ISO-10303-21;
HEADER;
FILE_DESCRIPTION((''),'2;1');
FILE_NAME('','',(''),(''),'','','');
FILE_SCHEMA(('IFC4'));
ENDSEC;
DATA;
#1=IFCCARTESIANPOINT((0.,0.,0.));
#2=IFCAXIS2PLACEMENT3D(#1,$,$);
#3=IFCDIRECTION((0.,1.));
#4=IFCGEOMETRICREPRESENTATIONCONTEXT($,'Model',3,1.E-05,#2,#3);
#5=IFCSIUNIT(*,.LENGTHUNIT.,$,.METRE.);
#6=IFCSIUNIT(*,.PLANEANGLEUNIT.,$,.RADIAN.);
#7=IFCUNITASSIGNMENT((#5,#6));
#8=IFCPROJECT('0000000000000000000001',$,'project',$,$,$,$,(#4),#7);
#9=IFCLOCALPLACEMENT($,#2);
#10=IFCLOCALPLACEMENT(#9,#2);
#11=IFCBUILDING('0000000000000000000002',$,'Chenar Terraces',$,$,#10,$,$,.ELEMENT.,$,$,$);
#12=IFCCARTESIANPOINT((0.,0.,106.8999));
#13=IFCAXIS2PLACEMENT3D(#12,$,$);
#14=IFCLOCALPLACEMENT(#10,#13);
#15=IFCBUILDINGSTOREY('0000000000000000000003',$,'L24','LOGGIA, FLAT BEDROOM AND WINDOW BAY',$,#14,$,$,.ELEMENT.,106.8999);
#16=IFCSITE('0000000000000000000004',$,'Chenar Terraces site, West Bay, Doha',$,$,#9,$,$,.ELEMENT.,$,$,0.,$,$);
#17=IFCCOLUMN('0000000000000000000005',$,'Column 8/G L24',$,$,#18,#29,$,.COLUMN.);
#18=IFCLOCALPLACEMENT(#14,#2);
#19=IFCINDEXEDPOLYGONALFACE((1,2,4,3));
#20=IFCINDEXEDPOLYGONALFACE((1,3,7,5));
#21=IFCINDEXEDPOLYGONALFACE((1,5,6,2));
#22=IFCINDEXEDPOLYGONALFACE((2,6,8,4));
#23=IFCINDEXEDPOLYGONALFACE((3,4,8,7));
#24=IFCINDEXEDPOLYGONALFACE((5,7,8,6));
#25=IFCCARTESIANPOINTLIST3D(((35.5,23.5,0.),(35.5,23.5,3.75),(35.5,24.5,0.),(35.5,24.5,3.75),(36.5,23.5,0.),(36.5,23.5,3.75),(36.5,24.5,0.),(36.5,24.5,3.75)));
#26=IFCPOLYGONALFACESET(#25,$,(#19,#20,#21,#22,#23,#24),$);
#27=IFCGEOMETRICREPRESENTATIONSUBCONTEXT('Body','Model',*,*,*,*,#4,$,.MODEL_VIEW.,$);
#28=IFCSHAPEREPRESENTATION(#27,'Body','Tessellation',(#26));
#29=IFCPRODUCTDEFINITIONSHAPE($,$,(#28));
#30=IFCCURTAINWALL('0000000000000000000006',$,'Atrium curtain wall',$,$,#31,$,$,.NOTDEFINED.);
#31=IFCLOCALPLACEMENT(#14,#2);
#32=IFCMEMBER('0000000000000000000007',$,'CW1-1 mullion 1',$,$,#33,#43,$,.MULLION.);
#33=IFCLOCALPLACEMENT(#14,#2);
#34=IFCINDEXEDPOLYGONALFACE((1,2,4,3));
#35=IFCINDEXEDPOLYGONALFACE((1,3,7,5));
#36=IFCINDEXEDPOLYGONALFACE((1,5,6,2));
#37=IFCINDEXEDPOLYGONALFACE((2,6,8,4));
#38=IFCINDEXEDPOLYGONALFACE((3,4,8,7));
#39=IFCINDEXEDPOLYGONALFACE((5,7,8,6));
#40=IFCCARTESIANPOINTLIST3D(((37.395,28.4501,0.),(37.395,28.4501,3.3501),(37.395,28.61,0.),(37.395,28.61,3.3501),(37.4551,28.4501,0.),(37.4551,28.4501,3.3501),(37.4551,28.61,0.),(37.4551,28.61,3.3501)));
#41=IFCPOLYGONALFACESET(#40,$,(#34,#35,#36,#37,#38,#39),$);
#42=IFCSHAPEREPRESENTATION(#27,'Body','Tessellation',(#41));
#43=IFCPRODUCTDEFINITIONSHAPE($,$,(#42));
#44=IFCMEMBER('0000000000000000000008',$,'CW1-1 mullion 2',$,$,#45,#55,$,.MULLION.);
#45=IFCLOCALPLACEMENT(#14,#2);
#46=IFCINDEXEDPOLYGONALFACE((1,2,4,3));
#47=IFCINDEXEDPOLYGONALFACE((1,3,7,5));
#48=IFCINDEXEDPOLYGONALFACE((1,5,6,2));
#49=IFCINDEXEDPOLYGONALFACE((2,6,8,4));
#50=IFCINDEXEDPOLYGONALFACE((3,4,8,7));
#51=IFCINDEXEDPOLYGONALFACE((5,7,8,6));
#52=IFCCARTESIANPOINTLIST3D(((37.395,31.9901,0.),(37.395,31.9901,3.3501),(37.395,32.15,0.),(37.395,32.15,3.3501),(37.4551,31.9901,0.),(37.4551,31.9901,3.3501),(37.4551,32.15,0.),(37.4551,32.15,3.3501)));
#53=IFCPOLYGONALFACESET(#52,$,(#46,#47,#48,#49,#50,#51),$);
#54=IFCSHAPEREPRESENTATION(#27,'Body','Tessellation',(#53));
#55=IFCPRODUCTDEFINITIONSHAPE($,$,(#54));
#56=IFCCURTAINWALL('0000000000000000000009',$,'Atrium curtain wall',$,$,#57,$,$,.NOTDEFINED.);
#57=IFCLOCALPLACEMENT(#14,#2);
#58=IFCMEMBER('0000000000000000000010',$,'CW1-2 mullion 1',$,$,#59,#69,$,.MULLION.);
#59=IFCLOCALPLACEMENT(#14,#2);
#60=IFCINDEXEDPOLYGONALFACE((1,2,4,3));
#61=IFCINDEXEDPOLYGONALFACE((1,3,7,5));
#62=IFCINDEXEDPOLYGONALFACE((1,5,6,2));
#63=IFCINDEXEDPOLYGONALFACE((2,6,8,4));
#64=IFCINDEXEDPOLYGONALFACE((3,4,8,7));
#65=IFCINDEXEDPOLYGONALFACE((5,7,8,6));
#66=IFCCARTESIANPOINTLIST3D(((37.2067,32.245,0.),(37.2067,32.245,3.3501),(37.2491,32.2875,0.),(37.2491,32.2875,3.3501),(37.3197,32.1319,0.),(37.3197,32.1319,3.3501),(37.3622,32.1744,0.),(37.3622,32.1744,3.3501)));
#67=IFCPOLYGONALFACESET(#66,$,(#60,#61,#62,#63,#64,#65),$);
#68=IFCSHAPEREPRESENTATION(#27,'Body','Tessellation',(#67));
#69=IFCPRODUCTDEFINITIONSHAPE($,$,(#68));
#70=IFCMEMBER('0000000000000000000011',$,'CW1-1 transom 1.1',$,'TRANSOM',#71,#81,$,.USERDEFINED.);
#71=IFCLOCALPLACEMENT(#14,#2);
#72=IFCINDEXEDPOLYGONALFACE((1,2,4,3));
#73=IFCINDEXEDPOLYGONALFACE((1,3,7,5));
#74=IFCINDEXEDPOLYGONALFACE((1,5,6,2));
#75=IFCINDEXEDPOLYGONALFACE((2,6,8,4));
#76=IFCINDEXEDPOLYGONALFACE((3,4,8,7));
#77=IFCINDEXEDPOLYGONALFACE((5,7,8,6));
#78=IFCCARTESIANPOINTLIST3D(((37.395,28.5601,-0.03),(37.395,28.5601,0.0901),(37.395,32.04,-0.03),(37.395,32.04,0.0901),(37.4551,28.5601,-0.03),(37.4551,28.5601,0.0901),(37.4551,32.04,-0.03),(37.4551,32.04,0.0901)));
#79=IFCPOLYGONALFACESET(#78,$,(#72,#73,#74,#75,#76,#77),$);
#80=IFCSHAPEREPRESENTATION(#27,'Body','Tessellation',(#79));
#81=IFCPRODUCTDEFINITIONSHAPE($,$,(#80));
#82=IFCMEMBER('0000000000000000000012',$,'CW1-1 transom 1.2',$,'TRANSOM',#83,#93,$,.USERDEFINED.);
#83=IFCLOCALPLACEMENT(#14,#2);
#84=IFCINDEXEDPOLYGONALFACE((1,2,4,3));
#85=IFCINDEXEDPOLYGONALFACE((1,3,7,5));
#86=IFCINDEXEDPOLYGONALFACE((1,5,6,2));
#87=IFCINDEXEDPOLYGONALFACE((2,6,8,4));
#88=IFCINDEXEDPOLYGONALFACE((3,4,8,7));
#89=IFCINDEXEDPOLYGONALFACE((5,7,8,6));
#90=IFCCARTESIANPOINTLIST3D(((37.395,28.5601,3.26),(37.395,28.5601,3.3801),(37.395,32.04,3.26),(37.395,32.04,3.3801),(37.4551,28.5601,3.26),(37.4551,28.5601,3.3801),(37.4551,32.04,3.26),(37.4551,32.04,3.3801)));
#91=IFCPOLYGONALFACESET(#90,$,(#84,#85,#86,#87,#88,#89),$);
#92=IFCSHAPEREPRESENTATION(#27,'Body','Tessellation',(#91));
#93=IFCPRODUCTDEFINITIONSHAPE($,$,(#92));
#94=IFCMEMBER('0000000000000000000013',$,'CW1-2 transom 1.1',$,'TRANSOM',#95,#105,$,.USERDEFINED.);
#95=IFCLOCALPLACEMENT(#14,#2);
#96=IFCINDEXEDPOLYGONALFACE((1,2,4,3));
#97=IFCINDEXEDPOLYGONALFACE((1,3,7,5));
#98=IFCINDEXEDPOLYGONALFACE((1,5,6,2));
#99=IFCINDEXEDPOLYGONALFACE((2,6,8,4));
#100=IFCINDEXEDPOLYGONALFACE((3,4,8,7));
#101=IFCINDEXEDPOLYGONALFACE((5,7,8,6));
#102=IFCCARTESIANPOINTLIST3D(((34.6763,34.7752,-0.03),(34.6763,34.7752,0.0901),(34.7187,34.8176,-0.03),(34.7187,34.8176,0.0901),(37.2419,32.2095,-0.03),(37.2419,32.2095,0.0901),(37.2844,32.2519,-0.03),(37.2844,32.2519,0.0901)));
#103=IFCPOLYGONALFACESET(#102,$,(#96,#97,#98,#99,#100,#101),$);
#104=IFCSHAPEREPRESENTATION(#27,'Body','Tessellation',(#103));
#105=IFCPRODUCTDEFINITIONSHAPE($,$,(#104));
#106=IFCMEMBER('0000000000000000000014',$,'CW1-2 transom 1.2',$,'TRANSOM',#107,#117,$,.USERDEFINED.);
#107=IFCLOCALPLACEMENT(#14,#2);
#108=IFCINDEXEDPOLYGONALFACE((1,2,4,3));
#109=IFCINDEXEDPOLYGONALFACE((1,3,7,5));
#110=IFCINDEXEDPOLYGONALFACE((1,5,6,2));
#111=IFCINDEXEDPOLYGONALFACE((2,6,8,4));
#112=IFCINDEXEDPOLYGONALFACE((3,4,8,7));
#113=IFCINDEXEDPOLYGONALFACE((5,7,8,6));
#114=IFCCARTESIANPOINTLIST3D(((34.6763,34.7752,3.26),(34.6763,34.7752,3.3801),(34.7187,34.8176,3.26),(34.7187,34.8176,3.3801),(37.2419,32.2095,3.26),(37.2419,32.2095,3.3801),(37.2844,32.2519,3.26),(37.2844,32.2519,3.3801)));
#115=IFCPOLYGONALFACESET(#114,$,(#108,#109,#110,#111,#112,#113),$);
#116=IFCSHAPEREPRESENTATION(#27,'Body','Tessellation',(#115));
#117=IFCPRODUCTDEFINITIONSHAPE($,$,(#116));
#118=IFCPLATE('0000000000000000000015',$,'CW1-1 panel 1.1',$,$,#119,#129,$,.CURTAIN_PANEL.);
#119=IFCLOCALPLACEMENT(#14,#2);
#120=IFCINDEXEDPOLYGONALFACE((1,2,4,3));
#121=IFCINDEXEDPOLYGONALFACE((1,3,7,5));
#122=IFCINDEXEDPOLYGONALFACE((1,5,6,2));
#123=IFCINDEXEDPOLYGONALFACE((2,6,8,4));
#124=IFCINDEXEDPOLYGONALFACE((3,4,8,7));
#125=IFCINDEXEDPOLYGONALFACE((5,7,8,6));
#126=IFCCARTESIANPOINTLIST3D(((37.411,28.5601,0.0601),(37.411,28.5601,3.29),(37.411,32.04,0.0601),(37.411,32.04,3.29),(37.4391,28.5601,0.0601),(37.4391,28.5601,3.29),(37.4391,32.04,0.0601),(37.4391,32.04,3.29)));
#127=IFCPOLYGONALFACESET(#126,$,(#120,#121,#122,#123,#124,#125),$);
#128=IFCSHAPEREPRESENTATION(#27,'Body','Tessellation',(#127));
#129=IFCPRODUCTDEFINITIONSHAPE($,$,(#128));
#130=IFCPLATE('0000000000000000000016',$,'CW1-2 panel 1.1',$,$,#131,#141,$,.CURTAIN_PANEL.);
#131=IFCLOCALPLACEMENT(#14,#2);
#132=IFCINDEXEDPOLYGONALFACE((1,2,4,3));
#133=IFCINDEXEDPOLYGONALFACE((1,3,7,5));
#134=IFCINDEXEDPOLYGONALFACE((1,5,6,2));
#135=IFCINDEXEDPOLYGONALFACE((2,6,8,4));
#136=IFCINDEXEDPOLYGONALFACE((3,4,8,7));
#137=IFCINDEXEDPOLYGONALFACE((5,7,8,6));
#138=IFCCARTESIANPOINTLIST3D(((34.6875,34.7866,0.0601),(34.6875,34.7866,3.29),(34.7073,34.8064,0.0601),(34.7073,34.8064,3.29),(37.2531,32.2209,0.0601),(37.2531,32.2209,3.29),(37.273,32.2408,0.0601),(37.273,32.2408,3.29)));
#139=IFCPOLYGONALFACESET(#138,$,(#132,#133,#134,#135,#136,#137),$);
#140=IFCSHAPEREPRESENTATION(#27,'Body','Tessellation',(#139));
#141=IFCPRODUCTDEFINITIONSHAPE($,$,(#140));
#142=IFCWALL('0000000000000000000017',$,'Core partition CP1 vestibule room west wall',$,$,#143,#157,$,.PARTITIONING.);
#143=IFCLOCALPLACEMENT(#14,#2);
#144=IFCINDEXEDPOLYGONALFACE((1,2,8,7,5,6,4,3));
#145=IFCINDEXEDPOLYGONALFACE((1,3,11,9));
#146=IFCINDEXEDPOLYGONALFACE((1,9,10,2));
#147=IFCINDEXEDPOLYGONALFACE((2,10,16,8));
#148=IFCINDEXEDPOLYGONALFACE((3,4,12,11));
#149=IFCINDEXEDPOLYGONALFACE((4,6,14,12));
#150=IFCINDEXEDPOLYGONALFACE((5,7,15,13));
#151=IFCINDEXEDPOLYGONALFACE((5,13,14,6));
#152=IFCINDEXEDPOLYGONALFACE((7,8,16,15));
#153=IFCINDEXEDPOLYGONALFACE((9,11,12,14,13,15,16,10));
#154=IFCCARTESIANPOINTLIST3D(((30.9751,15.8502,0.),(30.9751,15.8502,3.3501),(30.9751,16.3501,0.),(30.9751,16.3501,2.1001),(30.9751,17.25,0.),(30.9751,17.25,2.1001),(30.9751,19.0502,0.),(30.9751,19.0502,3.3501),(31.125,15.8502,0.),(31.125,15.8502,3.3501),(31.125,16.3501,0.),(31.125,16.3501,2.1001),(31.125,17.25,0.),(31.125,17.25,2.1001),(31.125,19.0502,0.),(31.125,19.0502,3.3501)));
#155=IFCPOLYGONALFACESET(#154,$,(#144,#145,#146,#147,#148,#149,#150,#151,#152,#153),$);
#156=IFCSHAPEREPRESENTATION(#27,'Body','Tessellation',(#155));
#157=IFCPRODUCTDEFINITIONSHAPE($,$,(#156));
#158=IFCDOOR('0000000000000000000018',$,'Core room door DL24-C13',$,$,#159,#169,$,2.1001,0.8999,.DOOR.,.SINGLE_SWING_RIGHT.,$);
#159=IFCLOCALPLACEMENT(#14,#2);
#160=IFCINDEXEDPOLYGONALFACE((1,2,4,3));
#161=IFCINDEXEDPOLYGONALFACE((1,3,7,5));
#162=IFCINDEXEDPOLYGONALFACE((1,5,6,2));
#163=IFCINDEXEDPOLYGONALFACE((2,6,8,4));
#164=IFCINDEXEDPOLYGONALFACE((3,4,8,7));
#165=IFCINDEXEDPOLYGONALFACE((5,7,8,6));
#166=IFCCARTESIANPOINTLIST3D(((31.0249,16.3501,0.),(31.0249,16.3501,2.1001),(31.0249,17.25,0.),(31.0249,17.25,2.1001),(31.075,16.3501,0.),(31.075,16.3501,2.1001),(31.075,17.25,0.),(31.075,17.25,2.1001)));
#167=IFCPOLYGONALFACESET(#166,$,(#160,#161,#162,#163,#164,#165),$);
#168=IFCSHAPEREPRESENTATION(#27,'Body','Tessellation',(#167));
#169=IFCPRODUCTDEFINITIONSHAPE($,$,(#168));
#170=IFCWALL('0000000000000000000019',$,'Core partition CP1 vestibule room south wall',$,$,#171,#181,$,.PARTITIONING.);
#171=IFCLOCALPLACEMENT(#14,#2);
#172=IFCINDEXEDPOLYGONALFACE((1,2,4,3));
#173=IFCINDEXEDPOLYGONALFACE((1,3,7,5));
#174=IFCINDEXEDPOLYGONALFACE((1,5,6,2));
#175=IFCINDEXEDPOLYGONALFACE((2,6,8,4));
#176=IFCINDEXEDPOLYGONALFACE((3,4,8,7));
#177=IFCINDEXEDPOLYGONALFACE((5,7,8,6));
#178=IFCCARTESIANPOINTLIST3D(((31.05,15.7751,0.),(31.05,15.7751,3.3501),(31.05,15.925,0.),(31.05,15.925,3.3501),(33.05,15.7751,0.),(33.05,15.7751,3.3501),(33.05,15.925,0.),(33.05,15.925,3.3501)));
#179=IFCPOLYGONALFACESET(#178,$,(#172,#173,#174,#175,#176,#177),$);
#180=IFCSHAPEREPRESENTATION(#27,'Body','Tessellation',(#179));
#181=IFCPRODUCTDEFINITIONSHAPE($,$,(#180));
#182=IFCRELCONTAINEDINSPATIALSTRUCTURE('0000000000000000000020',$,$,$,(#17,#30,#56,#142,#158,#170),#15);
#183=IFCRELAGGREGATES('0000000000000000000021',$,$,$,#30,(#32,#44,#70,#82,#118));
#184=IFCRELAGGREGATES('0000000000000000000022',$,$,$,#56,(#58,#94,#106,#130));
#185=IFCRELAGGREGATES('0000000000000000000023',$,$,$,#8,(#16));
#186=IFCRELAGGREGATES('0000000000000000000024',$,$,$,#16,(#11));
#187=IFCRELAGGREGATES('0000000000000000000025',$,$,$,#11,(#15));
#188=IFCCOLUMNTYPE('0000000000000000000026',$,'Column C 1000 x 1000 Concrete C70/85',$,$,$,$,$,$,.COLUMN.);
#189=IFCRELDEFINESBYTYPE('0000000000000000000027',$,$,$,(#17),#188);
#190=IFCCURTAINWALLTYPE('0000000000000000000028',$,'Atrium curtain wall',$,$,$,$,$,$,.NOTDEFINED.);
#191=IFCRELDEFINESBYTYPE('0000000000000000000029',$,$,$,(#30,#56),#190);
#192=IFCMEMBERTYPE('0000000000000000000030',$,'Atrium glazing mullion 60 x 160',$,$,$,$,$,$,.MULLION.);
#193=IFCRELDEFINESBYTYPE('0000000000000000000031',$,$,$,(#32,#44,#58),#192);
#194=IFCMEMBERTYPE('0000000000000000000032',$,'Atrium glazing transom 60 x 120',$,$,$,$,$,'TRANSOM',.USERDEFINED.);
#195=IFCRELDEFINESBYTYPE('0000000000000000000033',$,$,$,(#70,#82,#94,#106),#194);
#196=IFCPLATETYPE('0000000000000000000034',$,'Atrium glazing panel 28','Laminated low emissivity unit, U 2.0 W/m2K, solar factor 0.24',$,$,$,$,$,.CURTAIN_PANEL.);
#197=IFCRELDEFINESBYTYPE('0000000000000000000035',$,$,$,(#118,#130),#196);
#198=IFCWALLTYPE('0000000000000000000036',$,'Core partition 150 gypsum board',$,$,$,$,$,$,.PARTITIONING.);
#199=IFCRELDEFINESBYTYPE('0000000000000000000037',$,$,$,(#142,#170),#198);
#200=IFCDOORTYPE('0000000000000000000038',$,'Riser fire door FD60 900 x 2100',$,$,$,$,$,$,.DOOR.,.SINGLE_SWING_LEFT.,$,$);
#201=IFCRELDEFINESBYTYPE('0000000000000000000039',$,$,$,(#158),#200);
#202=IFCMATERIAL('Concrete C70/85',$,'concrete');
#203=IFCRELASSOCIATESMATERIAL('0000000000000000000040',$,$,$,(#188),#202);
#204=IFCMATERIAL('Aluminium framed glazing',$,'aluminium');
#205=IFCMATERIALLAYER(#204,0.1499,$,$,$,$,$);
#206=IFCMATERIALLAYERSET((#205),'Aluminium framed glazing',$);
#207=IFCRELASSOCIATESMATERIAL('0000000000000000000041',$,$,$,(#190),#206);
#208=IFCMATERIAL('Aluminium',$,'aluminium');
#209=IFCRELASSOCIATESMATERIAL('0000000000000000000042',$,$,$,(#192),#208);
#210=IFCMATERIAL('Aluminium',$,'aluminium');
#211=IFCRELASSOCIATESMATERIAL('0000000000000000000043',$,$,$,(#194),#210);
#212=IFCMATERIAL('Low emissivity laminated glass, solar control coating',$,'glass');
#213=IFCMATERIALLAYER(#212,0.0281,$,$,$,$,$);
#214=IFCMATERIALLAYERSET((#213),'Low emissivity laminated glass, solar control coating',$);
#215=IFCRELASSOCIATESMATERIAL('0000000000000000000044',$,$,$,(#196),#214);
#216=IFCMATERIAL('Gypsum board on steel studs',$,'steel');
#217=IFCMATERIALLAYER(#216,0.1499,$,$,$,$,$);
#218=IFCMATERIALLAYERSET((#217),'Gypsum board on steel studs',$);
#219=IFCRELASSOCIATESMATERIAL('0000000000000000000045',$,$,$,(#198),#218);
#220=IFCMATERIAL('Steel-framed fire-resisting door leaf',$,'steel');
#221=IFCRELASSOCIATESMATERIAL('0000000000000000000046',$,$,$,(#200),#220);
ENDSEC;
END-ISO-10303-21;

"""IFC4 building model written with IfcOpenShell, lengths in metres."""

from ifc_helpers import new_model, si_unit, direction, frame, frame_2d, origin, origin_2d, place, context, subcontext, project, spatial, rectangle, extrude, material, layer, layer_set, material_profile, profile_set, type_object, element, fill, aggregate, save


model = new_model("IFC4")

# Units and contexts
model_context = context("Model", 3, precision=1e-05, world=origin(), true_north=direction((0.0, 1.0)))
body_context = subcontext(model_context, "Body", "Model", "MODEL_VIEW")
ifc_project = project(units=[si_unit("LENGTHUNIT", "METRE"), si_unit("PLANEANGLEUNIT", "RADIAN")], contexts=[model_context])

# Site, building, storey
site_placement = place(None, origin())
site = spatial("IfcSite", under=ifc_project, at=site_placement, Name="Chenar Terraces site, West Bay, Doha", CompositionType="ELEMENT", RefElevation=0.0)
building_placement = place(site_placement, origin())
building = spatial("IfcBuilding", under=site, at=building_placement, Name="Chenar Terraces", CompositionType="ELEMENT")
storey_placement = place(building_placement, frame((0.0, 0.0, 106.8999)))
storey = spatial("IfcBuildingStorey", under=building, at=storey_placement, Name="L24", Description="LOGGIA, FLAT BEDROOM AND WINDOW BAY", CompositionType="ELEMENT", Elevation=106.8999)

# Column
ifc_material_1 = material(Name="Concrete C70/85", Category="concrete")
ifc_material_profile_1 = material_profile(ifc_material_1, rectangle(XDim=1.0, YDim=1.0, at=origin_2d()), Name="C 1000 x 1000")
ifc_profile_set_1 = profile_set([ifc_material_profile_1], Name="Concrete C70/85")
column_type = type_object("IfcColumnType", Name="Column C 1000 x 1000 Concrete C70/85", PredefinedType="COLUMN", material=ifc_profile_set_1)
column_placement = place(storey_placement, frame((36.0, 24.0, 0.0), z_axis=(0.0, 0.0, 1.0), x_axis=(1.0, 0.0, 0.0)))
element("IfcColumn", 1, at=column_placement, inside=storey, type_object=column_type, Name="Column 8/G L24", PredefinedType="COLUMN", context=body_context, shape_type="SweptSolid", body=[
    extrude(rectangle(XDim=1.0, YDim=1.0, at=origin_2d()), origin(), (0.0, 0.0, 1.0), 3.75),
])

# Curtain wall, members
ifc_material_2 = material(Name="Aluminium framed glazing", Category="aluminium")
ifc_layer_1 = layer(ifc_material_2, 0.1499)
ifc_layer_set_1 = layer_set([ifc_layer_1], Name="Aluminium framed glazing")
curtain_wall_type = type_object("IfcCurtainWallType", Name="Atrium curtain wall", PredefinedType="NOTDEFINED", material=ifc_layer_set_1)
placement = place(storey_placement, origin())
curtain_wall_1 = element("IfcCurtainWall", 2, at=placement, inside=storey, type_object=curtain_wall_type, Name="Atrium curtain wall", PredefinedType="NOTDEFINED")
ifc_material_3 = material(Name="Aluminium", Category="aluminium")
ifc_material_profile_2 = material_profile(ifc_material_3, rectangle(XDim=0.0601, YDim=0.1599, at=origin_2d()), Name="Atrium glazing mullion 60 x 160")
ifc_profile_set_2 = profile_set([ifc_material_profile_2], Name="Aluminium")
member_type_1 = type_object("IfcMemberType", Name="Atrium glazing mullion 60 x 160", PredefinedType="MULLION", material=ifc_profile_set_2)
member_1_placement = place(storey_placement, frame((37.425, 28.53, 0.0), z_axis=(0.0, 0.0, 1.0), x_axis=(-1.0, 0.0, 0.0)))
member_1 = element("IfcMember", 3, at=member_1_placement, type_object=member_type_1, Name="CW1-1 mullion 1", PredefinedType="MULLION", context=body_context, shape_type="SweptSolid", body=[
    extrude(rectangle(XDim=0.0601, YDim=0.1599, at=origin_2d()), origin(), (0.0, 0.0, 1.0), 3.3501),
])
member_2_placement = place(storey_placement, frame((37.425, 32.0701, 0.0), z_axis=(0.0, 0.0, 1.0), x_axis=(-1.0, 0.0, 0.0)))
member_2 = element("IfcMember", 4, at=member_2_placement, type_object=member_type_1, Name="CW1-1 mullion 2", PredefinedType="MULLION", context=body_context, shape_type="SweptSolid", body=[
    extrude(rectangle(XDim=0.0601, YDim=0.1599, at=origin_2d()), origin(), (0.0, 0.0, 1.0), 3.3501),
])

# Curtain wall, member
curtain_wall_2 = element("IfcCurtainWall", 5, at=placement, inside=storey, type_object=curtain_wall_type, Name="Atrium curtain wall", PredefinedType="NOTDEFINED")
member_3_placement = place(storey_placement, frame((37.2844, 32.2097, 0.0), z_axis=(0.0, 0.0, 1.0), x_axis=(-0.707107, -0.707107, 0.0)))
member_3 = element("IfcMember", 6, at=member_3_placement, type_object=member_type_1, Name="CW1-2 mullion 1", PredefinedType="MULLION", context=body_context, shape_type="SweptSolid", body=[
    extrude(rectangle(XDim=0.0601, YDim=0.1599, at=origin_2d()), origin(), (0.0, 0.0, 1.0), 3.3501),
])

# Members
ifc_material_4 = material(Name="Aluminium", Category="aluminium")
ifc_material_profile_3 = material_profile(ifc_material_4, rectangle(XDim=0.0601, YDim=0.1201, at=origin_2d()), Name="Atrium glazing transom 60 x 120")
ifc_profile_set_3 = profile_set([ifc_material_profile_3], Name="Aluminium")
member_type_2 = type_object("IfcMemberType", Name="Atrium glazing transom 60 x 120", ElementType="TRANSOM", PredefinedType="USERDEFINED", material=ifc_profile_set_3)
member_4_placement = place(storey_placement, frame((37.425, 28.5601, 0.03), z_axis=(0.0, 1.0, 0.0), x_axis=(-1.0, 0.0, 0.0)))
member_4 = element("IfcMember", 7, at=member_4_placement, type_object=member_type_2, Name="CW1-1 transom 1.1", ObjectType="TRANSOM", PredefinedType="USERDEFINED", context=body_context, shape_type="SweptSolid", body=[
    extrude(rectangle(XDim=0.0601, YDim=0.1201, at=origin_2d()), origin(), (0.0, 0.0, 1.0), 3.48),
])
member_5_placement = place(storey_placement, frame((37.425, 28.5601, 3.3201), z_axis=(0.0, 1.0, 0.0), x_axis=(-1.0, 0.0, 0.0)))
member_5 = element("IfcMember", 8, at=member_5_placement, type_object=member_type_2, Name="CW1-1 transom 1.2", ObjectType="TRANSOM", PredefinedType="USERDEFINED", context=body_context, shape_type="SweptSolid", body=[
    extrude(rectangle(XDim=0.0601, YDim=0.1201, at=origin_2d()), origin(), (0.0, 0.0, 1.0), 3.48),
])
member_6_placement = place(storey_placement, frame((37.2632, 32.2307, 0.03), z_axis=(-0.707107, 0.707107, 0.0), x_axis=(-0.707107, -0.707107, 0.0)))
member_6 = element("IfcMember", 9, at=member_6_placement, type_object=member_type_2, Name="CW1-2 transom 1.1", ObjectType="TRANSOM", PredefinedType="USERDEFINED", context=body_context, shape_type="SweptSolid", body=[
    extrude(rectangle(XDim=0.0601, YDim=0.1201, at=origin_2d()), origin(), (0.0, 0.0, 1.0), 3.6284),
])
member_7_placement = place(storey_placement, frame((37.2632, 32.2307, 3.3201), z_axis=(-0.707107, 0.707107, 0.0), x_axis=(-0.707107, -0.707107, 0.0)))
member_7 = element("IfcMember", 10, at=member_7_placement, type_object=member_type_2, Name="CW1-2 transom 1.2", ObjectType="TRANSOM", PredefinedType="USERDEFINED", context=body_context, shape_type="SweptSolid", body=[
    extrude(rectangle(XDim=0.0601, YDim=0.1201, at=origin_2d()), origin(), (0.0, 0.0, 1.0), 3.6284),
])

# Plates
ifc_material_5 = material(Name="Low emissivity laminated glass, solar control coating", Category="glass")
ifc_layer_2 = layer(ifc_material_5, 0.0281)
ifc_layer_set_2 = layer_set([ifc_layer_2], Name="Low emissivity laminated glass, solar control coating")
plate_type = type_object("IfcPlateType", Name="Atrium glazing panel 28", Description="Laminated low emissivity unit, U 2.0 W/m2K, solar factor 0.24", PredefinedType="CURTAIN_PANEL", material=ifc_layer_set_2)
plate_1_placement = place(storey_placement, frame((37.425, 30.3, 0.0601), z_axis=(0.0, 0.0, 1.0), x_axis=(0.0, 1.0, 0.0)))
plate_1 = element("IfcPlate", 11, at=plate_1_placement, type_object=plate_type, Name="CW1-1 panel 1.1", PredefinedType="CURTAIN_PANEL", context=body_context, shape_type="SweptSolid", body=[
    extrude(rectangle(XDim=3.48, YDim=0.0281, at=origin_2d()), origin(), (0.0, 0.0, 1.0), 3.23),
])
aggregate(curtain_wall_1, [member_1, member_2, member_4, member_5, plate_1])
plate_2_placement = place(storey_placement, frame((35.9802, 33.5137, 0.0601), z_axis=(0.0, 0.0, 1.0), x_axis=(-0.707107, 0.707107, 0.0)))
plate_2 = element("IfcPlate", 12, at=plate_2_placement, type_object=plate_type, Name="CW1-2 panel 1.1", PredefinedType="CURTAIN_PANEL", context=body_context, shape_type="SweptSolid", body=[
    extrude(rectangle(XDim=3.6284, YDim=0.0281, at=origin_2d()), origin(), (0.0, 0.0, 1.0), 3.23),
])
aggregate(curtain_wall_2, [member_3, member_6, member_7, plate_2])

# Wall, opening, door
ifc_material_6 = material(Name="Gypsum board on steel studs", Category="steel")
ifc_layer_3 = layer(ifc_material_6, 0.1499)
ifc_layer_set_3 = layer_set([ifc_layer_3], Name="Gypsum board on steel studs")
wall_type_1 = type_object("IfcWallType", Name="Core partition 150 gypsum board", PredefinedType="PARTITIONING", material=ifc_layer_set_3)
wall_1_placement = place(storey_placement, frame((31.05, 15.8501, 0.0), z_axis=(0.0, 0.0, 1.0), x_axis=(0.0, 1.0, 0.0)))
wall_1 = element("IfcWall", 13, at=wall_1_placement, inside=storey, type_object=wall_type_1, Name="Core partition CP1 vestibule room west wall", PredefinedType="PARTITIONING", context=body_context, shape_type="SweptSolid", body=[
    extrude(rectangle(XDim=3.2, YDim=0.1499, at=frame_2d((1.6001, 0.0))), origin(), (0.0, 0.0, 1.0), 3.3501),
])
opening_1_placement = place(wall_1_placement, frame((0.5, 0.0, 0.0)))
opening_1 = element("IfcOpeningElement", 14, at=opening_1_placement, cuts=wall_1, PredefinedType="OPENING", context=body_context, shape_type="SweptSolid", body=[
    extrude(rectangle(XDim=0.8999, YDim=2.1001, at=frame_2d((0.45, 1.05))), frame((0.0, 0.085, 0.0), z_axis=(0.0, -1.0, 0.0), x_axis=(1.0, 0.0, 0.0)), (0.0, 0.0, 1.0), 0.1699),
])
ifc_material_7 = material(Name="Steel-framed fire-resisting door leaf", Category="steel")
door_type = type_object("IfcDoorType", Name="Riser fire door FD60 900 x 2100", OperationType="SINGLE_SWING_LEFT", PredefinedType="DOOR", material=ifc_material_7)
door_placement = place(opening_1_placement, frame((0.8999, 0.0, 0.0), z_axis=(0.0, 0.0, 1.0), x_axis=(-1.0, 0.0, 0.0)))
door = element("IfcDoor", 15, at=door_placement, inside=storey, type_object=door_type, Name="Core room door DL24-C13", OperationType="SINGLE_SWING_RIGHT", OverallHeight=2.1001, OverallWidth=0.8999, PredefinedType="DOOR", context=body_context, shape_type="SweptSolid", body=[
    extrude(rectangle(XDim=0.8999, YDim=2.1001, at=frame_2d((0.45, 1.05))), frame((0.0, 0.0249, 0.0), z_axis=(0.0, -1.0, 0.0), x_axis=(1.0, 0.0, 0.0)), (0.0, 0.0, 1.0), 0.05),
])
fill(opening_1, door)

# Wall
wall_2_placement = place(storey_placement, frame((31.05, 15.8501, 0.0), z_axis=(0.0, 0.0, 1.0), x_axis=(1.0, 0.0, 0.0)))
element("IfcWall", 16, at=wall_2_placement, inside=storey, type_object=wall_type_1, Name="Core partition CP1 vestibule room south wall", PredefinedType="PARTITIONING", context=body_context, shape_type="SweptSolid", body=[
    extrude(rectangle(XDim=2.0, YDim=0.1499, at=frame_2d((1.0, 0.0))), origin(), (0.0, 0.0, 1.0), 3.3501),
])

save(model, "model.ifc")
